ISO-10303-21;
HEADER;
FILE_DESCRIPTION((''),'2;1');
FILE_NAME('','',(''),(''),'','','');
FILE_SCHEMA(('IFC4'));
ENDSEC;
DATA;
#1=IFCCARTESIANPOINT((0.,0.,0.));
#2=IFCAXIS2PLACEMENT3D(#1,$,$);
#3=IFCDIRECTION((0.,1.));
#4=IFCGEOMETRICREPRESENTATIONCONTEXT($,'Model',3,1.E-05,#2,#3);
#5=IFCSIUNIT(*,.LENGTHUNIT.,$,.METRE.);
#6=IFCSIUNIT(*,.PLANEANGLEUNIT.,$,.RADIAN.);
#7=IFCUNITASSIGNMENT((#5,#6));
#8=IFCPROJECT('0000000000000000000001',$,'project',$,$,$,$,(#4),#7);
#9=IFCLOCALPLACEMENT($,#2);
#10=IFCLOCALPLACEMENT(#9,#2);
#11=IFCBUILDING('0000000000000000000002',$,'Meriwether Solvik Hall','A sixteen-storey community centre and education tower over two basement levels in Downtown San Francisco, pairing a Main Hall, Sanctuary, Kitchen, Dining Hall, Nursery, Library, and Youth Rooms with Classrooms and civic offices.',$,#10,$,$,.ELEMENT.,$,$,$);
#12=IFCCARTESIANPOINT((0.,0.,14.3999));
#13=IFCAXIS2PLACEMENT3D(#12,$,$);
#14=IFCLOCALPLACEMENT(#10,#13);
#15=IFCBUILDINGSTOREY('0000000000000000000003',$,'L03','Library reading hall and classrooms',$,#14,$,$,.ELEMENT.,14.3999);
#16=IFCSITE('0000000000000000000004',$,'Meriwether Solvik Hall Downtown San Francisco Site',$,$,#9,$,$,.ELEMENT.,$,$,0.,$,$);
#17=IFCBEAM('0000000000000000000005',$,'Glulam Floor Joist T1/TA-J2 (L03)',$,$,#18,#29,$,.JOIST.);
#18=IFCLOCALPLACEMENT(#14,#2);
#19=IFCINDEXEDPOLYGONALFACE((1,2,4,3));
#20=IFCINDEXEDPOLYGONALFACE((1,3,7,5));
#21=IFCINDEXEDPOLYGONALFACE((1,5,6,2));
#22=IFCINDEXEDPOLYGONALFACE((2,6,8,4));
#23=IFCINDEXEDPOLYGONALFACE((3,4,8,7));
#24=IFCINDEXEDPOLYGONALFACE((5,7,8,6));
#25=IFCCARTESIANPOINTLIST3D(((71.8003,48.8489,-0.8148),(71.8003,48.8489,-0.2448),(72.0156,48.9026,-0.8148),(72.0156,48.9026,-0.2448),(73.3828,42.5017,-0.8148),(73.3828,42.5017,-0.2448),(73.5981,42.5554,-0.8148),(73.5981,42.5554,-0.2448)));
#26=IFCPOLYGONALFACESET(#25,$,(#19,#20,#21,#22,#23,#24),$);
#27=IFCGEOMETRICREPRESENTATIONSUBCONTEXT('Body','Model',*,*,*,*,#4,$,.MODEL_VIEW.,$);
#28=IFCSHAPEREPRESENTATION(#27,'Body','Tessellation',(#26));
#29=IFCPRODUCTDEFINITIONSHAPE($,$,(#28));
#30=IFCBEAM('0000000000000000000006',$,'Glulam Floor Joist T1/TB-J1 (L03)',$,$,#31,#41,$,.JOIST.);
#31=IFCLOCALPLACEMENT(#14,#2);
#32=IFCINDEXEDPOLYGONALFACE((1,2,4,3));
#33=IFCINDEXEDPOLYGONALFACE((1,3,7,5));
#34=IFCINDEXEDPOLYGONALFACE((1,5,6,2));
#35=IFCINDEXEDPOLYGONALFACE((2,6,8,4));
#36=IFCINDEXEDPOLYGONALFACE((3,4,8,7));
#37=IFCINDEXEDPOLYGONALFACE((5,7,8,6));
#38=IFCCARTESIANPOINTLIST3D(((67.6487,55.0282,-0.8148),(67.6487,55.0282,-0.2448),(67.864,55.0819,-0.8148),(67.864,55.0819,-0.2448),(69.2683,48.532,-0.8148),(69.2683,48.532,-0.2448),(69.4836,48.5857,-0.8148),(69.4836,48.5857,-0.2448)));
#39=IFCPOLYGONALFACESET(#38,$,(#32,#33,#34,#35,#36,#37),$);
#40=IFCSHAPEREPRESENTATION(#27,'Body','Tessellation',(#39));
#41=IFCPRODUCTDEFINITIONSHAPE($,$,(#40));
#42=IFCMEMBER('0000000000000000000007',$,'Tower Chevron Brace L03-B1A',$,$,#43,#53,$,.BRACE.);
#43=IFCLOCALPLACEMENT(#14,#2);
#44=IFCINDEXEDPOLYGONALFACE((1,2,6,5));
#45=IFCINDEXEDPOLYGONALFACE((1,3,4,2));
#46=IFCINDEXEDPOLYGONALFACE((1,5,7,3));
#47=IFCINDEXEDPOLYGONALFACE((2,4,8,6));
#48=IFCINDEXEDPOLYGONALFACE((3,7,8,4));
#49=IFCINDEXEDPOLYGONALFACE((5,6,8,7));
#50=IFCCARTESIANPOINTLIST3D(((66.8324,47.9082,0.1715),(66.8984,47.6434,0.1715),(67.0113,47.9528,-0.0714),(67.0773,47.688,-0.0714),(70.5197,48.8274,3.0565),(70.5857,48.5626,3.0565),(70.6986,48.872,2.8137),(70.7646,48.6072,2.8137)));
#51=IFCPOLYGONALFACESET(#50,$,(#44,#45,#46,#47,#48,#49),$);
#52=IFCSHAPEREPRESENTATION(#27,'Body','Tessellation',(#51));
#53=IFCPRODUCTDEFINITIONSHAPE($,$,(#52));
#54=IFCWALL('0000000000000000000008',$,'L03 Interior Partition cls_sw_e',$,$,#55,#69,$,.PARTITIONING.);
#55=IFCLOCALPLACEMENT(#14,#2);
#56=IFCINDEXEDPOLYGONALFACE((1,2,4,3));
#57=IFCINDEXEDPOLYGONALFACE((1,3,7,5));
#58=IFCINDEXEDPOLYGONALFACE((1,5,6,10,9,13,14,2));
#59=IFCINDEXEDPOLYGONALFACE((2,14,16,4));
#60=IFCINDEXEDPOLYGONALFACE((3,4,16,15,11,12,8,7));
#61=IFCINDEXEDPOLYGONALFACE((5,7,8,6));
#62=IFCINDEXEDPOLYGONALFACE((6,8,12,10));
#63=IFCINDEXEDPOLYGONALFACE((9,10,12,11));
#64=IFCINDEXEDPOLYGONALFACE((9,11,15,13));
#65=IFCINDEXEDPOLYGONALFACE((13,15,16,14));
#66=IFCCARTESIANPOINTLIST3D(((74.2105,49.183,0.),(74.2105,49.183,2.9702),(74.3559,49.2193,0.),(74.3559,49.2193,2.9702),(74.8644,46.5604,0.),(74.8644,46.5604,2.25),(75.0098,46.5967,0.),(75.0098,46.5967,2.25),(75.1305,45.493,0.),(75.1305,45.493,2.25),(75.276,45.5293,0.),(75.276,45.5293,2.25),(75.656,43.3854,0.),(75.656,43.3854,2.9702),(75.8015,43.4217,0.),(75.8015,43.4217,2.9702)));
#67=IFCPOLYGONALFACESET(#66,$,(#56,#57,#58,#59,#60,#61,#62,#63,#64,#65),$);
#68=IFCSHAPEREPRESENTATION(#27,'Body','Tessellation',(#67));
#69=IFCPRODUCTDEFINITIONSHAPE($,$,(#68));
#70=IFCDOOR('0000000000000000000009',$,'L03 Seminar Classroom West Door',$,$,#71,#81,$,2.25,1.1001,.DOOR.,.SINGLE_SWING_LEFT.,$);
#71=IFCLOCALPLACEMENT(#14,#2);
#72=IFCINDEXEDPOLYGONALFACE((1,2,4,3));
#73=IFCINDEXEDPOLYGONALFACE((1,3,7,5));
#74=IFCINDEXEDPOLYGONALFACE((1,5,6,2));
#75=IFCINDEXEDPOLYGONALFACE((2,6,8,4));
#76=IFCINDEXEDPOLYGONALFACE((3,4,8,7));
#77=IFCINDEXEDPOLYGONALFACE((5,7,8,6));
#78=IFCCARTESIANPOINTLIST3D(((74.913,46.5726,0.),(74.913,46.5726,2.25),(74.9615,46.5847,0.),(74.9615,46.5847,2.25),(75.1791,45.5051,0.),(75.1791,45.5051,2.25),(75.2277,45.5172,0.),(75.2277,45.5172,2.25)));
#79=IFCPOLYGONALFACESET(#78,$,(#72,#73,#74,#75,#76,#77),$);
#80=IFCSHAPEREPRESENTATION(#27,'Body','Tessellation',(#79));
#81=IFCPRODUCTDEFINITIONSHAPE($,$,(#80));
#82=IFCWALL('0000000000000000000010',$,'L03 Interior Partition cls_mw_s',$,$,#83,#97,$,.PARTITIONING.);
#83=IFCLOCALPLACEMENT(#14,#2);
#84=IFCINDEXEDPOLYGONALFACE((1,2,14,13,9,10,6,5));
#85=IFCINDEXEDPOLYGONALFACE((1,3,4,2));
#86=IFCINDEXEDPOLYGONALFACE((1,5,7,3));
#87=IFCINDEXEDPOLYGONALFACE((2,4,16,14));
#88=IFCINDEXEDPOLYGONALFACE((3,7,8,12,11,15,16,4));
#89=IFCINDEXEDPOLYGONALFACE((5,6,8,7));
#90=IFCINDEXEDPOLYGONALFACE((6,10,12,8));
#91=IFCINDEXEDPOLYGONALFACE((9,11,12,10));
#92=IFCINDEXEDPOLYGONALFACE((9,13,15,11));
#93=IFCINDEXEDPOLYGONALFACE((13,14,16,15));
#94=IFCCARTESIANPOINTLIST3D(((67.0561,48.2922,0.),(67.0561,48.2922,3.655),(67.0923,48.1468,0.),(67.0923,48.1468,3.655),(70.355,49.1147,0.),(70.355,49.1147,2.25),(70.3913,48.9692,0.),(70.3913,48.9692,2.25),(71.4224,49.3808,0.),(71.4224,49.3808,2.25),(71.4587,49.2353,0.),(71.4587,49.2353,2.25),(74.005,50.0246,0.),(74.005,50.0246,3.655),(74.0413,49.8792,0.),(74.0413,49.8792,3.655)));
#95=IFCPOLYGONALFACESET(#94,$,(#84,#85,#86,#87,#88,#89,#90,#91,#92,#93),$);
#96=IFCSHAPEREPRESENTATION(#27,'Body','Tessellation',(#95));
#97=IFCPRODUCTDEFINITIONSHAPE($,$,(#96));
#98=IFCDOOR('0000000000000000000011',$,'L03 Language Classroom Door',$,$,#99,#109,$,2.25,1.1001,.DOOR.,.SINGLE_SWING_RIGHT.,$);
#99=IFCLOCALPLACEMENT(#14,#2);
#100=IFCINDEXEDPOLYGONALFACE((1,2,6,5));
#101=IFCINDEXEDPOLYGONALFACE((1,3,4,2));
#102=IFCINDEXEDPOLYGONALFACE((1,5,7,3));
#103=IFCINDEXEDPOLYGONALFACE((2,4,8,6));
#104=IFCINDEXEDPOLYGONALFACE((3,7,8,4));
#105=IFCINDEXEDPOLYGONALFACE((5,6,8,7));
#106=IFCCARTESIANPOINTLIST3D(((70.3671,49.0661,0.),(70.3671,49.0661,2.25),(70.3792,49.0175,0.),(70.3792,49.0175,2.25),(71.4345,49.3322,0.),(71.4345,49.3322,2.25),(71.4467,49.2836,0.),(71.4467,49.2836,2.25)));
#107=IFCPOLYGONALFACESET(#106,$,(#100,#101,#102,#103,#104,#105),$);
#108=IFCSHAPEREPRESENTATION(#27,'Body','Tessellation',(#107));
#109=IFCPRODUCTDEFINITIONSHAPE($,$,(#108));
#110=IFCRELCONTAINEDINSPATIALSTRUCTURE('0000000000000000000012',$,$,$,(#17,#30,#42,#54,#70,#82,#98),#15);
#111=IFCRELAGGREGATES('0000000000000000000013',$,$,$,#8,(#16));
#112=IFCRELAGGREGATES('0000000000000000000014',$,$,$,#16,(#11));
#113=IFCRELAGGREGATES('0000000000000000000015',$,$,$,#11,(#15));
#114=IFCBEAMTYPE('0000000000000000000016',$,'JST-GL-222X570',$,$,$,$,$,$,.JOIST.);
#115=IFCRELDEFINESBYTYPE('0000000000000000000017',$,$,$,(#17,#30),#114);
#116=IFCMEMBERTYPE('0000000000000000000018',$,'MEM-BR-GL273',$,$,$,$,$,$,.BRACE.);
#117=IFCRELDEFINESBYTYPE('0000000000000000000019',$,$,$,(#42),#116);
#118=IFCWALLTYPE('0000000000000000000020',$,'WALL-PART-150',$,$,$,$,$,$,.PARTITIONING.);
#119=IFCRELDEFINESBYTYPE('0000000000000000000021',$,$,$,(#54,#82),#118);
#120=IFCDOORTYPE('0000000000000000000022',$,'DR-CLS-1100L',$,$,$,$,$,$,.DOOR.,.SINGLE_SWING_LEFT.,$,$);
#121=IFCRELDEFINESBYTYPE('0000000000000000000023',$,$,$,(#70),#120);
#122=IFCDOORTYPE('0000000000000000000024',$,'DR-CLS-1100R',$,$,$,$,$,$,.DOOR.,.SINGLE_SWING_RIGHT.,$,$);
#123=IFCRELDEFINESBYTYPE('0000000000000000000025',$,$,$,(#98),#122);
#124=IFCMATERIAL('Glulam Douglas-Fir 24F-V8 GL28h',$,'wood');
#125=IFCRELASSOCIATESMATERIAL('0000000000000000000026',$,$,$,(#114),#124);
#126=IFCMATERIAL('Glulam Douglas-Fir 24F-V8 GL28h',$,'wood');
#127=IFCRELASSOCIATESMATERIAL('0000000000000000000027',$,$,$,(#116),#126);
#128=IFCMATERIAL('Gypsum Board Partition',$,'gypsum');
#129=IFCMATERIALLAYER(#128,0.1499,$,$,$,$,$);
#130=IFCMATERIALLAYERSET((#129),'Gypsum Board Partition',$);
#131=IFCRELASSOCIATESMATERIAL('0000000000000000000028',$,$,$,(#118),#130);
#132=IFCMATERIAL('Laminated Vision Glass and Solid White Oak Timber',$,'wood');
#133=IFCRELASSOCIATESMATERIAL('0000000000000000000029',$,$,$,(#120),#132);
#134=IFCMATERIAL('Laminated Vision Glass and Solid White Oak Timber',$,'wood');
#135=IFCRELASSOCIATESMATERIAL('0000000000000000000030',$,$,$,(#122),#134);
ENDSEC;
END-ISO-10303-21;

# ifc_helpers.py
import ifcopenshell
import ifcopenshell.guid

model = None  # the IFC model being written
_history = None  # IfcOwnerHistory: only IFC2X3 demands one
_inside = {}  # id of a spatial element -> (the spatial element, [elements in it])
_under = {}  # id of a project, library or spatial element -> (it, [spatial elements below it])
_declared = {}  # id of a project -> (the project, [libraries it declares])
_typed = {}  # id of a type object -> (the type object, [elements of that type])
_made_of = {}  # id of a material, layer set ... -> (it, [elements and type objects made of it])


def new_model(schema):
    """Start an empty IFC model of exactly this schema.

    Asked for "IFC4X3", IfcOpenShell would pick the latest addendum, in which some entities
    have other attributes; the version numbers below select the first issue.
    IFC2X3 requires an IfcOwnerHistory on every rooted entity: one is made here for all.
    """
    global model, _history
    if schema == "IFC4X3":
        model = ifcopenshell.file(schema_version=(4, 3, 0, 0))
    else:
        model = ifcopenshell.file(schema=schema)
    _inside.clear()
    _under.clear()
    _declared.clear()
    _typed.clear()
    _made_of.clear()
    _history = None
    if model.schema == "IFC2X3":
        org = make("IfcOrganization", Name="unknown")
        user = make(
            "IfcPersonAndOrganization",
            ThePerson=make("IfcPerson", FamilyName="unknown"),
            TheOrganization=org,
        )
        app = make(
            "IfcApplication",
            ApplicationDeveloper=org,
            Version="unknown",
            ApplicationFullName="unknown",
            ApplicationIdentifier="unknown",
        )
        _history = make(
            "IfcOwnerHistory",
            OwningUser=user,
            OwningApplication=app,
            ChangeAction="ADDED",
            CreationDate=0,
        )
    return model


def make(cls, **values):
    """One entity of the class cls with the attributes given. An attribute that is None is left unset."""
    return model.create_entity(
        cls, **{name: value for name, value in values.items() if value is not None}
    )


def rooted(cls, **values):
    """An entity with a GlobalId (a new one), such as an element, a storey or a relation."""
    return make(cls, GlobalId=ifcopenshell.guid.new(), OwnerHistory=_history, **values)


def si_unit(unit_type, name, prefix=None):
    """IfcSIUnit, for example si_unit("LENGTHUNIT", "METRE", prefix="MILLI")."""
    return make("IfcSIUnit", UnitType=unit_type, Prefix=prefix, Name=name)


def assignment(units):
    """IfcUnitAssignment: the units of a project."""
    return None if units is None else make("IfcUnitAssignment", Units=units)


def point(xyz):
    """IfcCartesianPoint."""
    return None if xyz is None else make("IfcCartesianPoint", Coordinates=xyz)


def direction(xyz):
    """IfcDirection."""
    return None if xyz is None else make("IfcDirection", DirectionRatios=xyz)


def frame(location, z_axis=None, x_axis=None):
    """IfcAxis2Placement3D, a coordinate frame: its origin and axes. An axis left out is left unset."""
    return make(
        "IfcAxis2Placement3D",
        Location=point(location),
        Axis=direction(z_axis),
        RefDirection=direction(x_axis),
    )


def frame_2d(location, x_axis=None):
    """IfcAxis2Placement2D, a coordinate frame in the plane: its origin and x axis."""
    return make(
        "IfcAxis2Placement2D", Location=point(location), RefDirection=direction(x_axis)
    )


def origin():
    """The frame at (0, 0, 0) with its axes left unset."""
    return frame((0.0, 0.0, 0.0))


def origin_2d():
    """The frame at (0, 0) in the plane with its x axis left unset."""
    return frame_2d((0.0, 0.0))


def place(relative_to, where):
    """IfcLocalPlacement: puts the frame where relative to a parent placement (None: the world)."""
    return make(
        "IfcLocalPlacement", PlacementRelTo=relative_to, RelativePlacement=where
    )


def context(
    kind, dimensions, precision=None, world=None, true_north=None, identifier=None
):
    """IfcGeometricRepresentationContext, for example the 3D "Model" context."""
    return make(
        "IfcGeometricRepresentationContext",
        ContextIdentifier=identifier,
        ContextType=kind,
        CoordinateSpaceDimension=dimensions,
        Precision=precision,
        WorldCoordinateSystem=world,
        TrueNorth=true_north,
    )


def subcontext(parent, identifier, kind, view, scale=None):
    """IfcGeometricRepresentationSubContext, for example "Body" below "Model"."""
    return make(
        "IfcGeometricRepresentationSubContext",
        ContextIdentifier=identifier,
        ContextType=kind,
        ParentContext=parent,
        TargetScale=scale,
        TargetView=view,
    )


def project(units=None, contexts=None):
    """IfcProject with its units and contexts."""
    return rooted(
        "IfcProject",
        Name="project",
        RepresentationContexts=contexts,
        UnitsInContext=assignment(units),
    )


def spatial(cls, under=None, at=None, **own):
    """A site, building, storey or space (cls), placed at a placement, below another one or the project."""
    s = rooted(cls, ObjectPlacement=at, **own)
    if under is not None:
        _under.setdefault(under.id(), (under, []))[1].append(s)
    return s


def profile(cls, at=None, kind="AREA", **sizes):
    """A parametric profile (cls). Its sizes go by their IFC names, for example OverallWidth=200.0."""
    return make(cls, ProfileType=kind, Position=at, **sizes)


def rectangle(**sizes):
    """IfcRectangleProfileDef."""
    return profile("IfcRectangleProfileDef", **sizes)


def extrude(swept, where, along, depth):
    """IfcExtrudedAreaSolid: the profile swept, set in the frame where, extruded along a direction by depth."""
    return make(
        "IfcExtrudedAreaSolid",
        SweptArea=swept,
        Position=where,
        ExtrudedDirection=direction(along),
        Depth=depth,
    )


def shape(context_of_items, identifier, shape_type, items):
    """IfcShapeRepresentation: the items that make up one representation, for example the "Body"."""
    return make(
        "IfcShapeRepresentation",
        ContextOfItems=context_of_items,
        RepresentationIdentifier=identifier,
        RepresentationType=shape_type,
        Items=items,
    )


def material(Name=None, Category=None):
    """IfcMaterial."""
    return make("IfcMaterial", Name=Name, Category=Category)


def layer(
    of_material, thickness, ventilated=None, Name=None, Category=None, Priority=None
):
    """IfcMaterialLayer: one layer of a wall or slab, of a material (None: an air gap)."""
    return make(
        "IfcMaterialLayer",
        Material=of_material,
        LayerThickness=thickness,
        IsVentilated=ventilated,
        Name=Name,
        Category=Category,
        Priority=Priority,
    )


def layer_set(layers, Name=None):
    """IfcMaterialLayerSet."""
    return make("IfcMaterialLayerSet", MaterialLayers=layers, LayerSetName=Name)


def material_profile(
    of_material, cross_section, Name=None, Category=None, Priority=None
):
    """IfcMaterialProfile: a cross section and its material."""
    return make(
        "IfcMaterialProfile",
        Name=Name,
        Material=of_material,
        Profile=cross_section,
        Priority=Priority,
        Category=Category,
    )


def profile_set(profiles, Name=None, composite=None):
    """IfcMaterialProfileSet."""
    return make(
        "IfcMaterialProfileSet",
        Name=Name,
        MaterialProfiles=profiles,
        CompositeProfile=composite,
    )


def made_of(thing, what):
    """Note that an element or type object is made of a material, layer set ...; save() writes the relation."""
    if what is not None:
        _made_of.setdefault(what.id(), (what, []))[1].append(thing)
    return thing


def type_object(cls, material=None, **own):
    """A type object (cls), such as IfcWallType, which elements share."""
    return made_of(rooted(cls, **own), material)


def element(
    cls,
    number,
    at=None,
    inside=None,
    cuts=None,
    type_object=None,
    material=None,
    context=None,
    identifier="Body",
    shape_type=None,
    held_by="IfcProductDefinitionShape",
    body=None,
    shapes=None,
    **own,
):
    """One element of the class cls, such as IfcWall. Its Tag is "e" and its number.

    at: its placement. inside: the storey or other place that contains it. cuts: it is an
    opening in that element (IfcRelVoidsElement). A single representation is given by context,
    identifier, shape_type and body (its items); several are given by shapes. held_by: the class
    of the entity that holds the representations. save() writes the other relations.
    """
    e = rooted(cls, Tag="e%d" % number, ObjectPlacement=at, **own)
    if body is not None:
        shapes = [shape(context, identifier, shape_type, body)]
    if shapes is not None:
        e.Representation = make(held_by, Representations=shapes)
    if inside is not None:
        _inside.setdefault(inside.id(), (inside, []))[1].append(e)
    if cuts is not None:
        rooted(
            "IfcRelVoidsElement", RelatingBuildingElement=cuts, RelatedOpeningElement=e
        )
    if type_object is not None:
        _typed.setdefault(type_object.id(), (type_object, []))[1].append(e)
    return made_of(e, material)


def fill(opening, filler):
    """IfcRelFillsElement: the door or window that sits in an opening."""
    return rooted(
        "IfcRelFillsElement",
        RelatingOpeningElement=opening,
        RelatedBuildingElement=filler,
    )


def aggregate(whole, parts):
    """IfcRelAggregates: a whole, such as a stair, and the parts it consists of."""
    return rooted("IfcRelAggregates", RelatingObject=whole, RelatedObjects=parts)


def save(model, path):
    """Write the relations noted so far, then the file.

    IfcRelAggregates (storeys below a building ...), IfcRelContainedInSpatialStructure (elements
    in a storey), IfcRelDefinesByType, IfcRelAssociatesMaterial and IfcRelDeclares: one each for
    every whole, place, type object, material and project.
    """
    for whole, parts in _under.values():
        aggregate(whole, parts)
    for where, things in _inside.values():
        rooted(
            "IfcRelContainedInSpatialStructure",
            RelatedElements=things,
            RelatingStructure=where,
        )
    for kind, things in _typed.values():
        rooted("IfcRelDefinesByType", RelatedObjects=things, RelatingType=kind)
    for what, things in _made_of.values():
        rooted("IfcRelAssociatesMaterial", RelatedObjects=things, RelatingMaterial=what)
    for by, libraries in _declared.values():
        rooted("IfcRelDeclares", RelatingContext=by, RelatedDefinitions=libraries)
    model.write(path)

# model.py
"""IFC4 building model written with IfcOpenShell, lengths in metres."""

from ifc_helpers import new_model, si_unit, direction, frame, frame_2d, origin, origin_2d, place, context, subcontext, project, spatial, rectangle, extrude, material, layer, layer_set, material_profile, profile_set, type_object, element, fill, save


model = new_model("IFC4")

# Units and contexts
model_context = context("Model", 3, precision=1e-05, world=origin(), true_north=direction((0.0, 1.0)))
body_context = subcontext(model_context, "Body", "Model", "MODEL_VIEW")
ifc_project = project(units=[si_unit("LENGTHUNIT", "METRE"), si_unit("PLANEANGLEUNIT", "RADIAN")], contexts=[model_context])

# Site, building, storey
site_placement = place(None, origin())
site = spatial("IfcSite", under=ifc_project, at=site_placement, Name="Meriwether Solvik Hall Downtown San Francisco Site", CompositionType="ELEMENT", RefElevation=0.0)
building_placement = place(site_placement, origin())
building = spatial("IfcBuilding", under=site, at=building_placement, Name="Meriwether Solvik Hall", Description="A sixteen-storey community centre and education tower over two basement levels in Downtown San Francisco, pairing a Main Hall, Sanctuary, Kitchen, Dining Hall, Nursery, Library, and Youth Rooms with Classrooms and civic offices.", CompositionType="ELEMENT")
storey_placement = place(building_placement, frame((0.0, 0.0, 14.3999)))
storey = spatial("IfcBuildingStorey", under=building, at=storey_placement, Name="L03", Description="Library reading hall and classrooms", CompositionType="ELEMENT", Elevation=14.3999)

# Beams
ifc_material_1 = material(Name="Glulam Douglas-Fir 24F-V8 GL28h", Category="wood")
ifc_material_profile_1 = material_profile(ifc_material_1, rectangle(XDim=0.2219, YDim=0.5701, at=origin_2d()), Name="GLJ-222X570")
ifc_profile_set_1 = profile_set([ifc_material_profile_1], Name="Glulam Douglas-Fir 24F-V8 GL28h")
beam_type_1 = type_object("IfcBeamType", Name="JST-GL-222X570", PredefinedType="JOIST", material=ifc_profile_set_1)
for number, where, z_axis, x_axis, name in (
    (1, (73.4905, 42.5286, -0.5298), (-0.241921, 0.970296, 0.0), (-0.970296, -0.241921, 0.0), "Glulam Floor Joist T1/TA-J2 (L03)"),
):
    element("IfcBeam", number, at=place(storey_placement, frame(where, z_axis=z_axis, x_axis=x_axis)), inside=storey, type_object=beam_type_1, Name=name, PredefinedType="JOIST", context=body_context, shape_type="SweptSolid", body=[
        extrude(rectangle(XDim=0.2219, YDim=0.5701, at=origin_2d()), origin(), (0.0, 0.0, 1.0), 6.5415),
    ])
beam_1_placement = place(storey_placement, frame((69.376, 48.5588, -0.5298), z_axis=(-0.241918, 0.970297, 0.0), x_axis=(-0.970297, -0.241918, 0.0)))
element("IfcBeam", 2, at=beam_1_placement, inside=storey, type_object=beam_type_1, Name="Glulam Floor Joist T1/TB-J1 (L03)", PredefinedType="JOIST", context=body_context, shape_type="SweptSolid", body=[
    extrude(rectangle(XDim=0.2219, YDim=0.5701, at=origin_2d()), origin(), (0.0, 0.0, 1.0), 6.6951),
])

# Member
ifc_material_2 = material(Name="Glulam Douglas-Fir 24F-V8 GL28h", Category="wood")
ifc_material_profile_2 = material_profile(ifc_material_2, rectangle(XDim=0.2729, YDim=0.3049, at=origin_2d()), Name="GLM-273X305")
ifc_profile_set_2 = profile_set([ifc_material_profile_2], Name="Glulam Douglas-Fir 24F-V8 GL28h")
member_type = type_object("IfcMemberType", Name="MEM-BR-GL273", PredefinedType="BRACE", material=ifc_profile_set_2)
member_placement = place(storey_placement, frame((66.9548, 47.7981, 0.05), z_axis=(0.77282, 0.192655, 0.604676), x_axis=(-0.241886, 0.970305, 0.0)))
element("IfcMember", 3, at=member_placement, inside=storey, type_object=member_type, Name="Tower Chevron Brace L03-B1A", PredefinedType="BRACE", context=body_context, shape_type="SweptSolid", body=[
    extrude(rectangle(XDim=0.2729, YDim=0.3049, at=origin_2d()), origin(), (0.0, 0.0, 1.0), 4.7712),
])

# Walls, openings, doors
ifc_material_3 = material(Name="Gypsum Board Partition", Category="gypsum")
ifc_layer_1 = layer(ifc_material_3, 0.1499)
ifc_layer_set_1 = layer_set([ifc_layer_1], Name="Gypsum Board Partition")
wall_type = type_object("IfcWallType", Name="WALL-PART-150", PredefinedType="PARTITIONING", material=ifc_layer_set_1)
wall_1_placement = place(storey_placement, frame((75.7288, 43.4036, 0.0), z_axis=(0.0, 0.0, 1.0), x_axis=(-0.24193, 0.970294, 0.0)))
wall_1 = element("IfcWall", 4, at=wall_1_placement, inside=storey, type_object=wall_type, Name="L03 Interior Partition cls_sw_e", PredefinedType="PARTITIONING", context=body_context, shape_type="SweptSolid", body=[
    extrude(rectangle(XDim=5.9751, YDim=0.1499, at=frame_2d((2.9875, 0.0))), origin(), (0.0, 0.0, 1.0), 2.9702),
])
opening_1_placement = place(wall_1_placement, frame((2.1721, 0.0, 0.0)))
opening_1 = element("IfcOpeningElement", 5, at=opening_1_placement, cuts=wall_1, PredefinedType="OPENING", context=body_context, shape_type="SweptSolid", body=[
    extrude(rectangle(XDim=1.1001, YDim=2.25, at=frame_2d((0.55, 1.125))), frame((0.0, 0.0869, 0.0), z_axis=(0.0, -1.0, 0.0), x_axis=(1.0, 0.0, 0.0)), (0.0, 0.0, 1.0), 0.1738),
])
ifc_material_4 = material(Name="Laminated Vision Glass and Solid White Oak Timber", Category="wood")
door_type_1 = type_object("IfcDoorType", Name="DR-CLS-1100L", OperationType="SINGLE_SWING_LEFT", PredefinedType="DOOR", material=ifc_material_4)
door_1_placement = place(opening_1_placement, origin())
door_1 = element("IfcDoor", 6, at=door_1_placement, inside=storey, type_object=door_type_1, Name="L03 Seminar Classroom West Door", OperationType="SINGLE_SWING_LEFT", OverallHeight=2.25, OverallWidth=1.1001, PredefinedType="DOOR", context=body_context, shape_type="SweptSolid", body=[
    extrude(rectangle(XDim=1.1001, YDim=2.25, at=frame_2d((0.55, 1.125))), frame((0.0, 0.0249, 0.0), z_axis=(0.0, -1.0, 0.0), x_axis=(1.0, 0.0, 0.0)), (0.0, 0.0, 1.0), 0.05),
])
fill(opening_1, door_1)
wall_2_placement = place(storey_placement, frame((67.0742, 48.2195, 0.0), z_axis=(0.0, 0.0, 1.0), x_axis=(0.970301, 0.241902, 0.0)))
wall_2 = element("IfcWall", 7, at=wall_2_placement, inside=storey, type_object=wall_type, Name="L03 Interior Partition cls_mw_s", PredefinedType="PARTITIONING", context=body_context, shape_type="SweptSolid", body=[
    extrude(rectangle(XDim=7.1616, YDim=0.1499, at=frame_2d((3.5808, 0.0))), origin(), (0.0, 0.0, 1.0), 3.655),
])
opening_2_placement = place(wall_2_placement, frame((3.3999, 0.0, 0.0)))
opening_2 = element("IfcOpeningElement", 8, at=opening_2_placement, cuts=wall_2, PredefinedType="OPENING", context=body_context, shape_type="SweptSolid", body=[
    extrude(rectangle(XDim=1.1001, YDim=2.25, at=frame_2d((0.55, 1.125))), frame((0.0, 0.0869, 0.0), z_axis=(0.0, -1.0, 0.0), x_axis=(1.0, 0.0, 0.0)), (0.0, 0.0, 1.0), 0.1738),
])
ifc_material_5 = material(Name="Laminated Vision Glass and Solid White Oak Timber", Category="wood")
door_type_2 = type_object("IfcDoorType", Name="DR-CLS-1100R", OperationType="SINGLE_SWING_RIGHT", PredefinedType="DOOR", material=ifc_material_5)
door_2_placement = place(opening_2_placement, origin())
door_2 = element("IfcDoor", 9, at=door_2_placement, inside=storey, type_object=door_type_2, Name="L03 Language Classroom Door", OperationType="SINGLE_SWING_RIGHT", OverallHeight=2.25, OverallWidth=1.1001, PredefinedType="DOOR", context=body_context, shape_type="SweptSolid", body=[
    extrude(rectangle(XDim=1.1001, YDim=2.25, at=frame_2d((0.55, 1.125))), frame((0.0, 0.0249, 0.0), z_axis=(0.0, -1.0, 0.0), x_axis=(1.0, 0.0, 0.0)), (0.0, 0.0, 1.0), 0.05),
])
fill(opening_2, door_2)

save(model, "model.ifc")
